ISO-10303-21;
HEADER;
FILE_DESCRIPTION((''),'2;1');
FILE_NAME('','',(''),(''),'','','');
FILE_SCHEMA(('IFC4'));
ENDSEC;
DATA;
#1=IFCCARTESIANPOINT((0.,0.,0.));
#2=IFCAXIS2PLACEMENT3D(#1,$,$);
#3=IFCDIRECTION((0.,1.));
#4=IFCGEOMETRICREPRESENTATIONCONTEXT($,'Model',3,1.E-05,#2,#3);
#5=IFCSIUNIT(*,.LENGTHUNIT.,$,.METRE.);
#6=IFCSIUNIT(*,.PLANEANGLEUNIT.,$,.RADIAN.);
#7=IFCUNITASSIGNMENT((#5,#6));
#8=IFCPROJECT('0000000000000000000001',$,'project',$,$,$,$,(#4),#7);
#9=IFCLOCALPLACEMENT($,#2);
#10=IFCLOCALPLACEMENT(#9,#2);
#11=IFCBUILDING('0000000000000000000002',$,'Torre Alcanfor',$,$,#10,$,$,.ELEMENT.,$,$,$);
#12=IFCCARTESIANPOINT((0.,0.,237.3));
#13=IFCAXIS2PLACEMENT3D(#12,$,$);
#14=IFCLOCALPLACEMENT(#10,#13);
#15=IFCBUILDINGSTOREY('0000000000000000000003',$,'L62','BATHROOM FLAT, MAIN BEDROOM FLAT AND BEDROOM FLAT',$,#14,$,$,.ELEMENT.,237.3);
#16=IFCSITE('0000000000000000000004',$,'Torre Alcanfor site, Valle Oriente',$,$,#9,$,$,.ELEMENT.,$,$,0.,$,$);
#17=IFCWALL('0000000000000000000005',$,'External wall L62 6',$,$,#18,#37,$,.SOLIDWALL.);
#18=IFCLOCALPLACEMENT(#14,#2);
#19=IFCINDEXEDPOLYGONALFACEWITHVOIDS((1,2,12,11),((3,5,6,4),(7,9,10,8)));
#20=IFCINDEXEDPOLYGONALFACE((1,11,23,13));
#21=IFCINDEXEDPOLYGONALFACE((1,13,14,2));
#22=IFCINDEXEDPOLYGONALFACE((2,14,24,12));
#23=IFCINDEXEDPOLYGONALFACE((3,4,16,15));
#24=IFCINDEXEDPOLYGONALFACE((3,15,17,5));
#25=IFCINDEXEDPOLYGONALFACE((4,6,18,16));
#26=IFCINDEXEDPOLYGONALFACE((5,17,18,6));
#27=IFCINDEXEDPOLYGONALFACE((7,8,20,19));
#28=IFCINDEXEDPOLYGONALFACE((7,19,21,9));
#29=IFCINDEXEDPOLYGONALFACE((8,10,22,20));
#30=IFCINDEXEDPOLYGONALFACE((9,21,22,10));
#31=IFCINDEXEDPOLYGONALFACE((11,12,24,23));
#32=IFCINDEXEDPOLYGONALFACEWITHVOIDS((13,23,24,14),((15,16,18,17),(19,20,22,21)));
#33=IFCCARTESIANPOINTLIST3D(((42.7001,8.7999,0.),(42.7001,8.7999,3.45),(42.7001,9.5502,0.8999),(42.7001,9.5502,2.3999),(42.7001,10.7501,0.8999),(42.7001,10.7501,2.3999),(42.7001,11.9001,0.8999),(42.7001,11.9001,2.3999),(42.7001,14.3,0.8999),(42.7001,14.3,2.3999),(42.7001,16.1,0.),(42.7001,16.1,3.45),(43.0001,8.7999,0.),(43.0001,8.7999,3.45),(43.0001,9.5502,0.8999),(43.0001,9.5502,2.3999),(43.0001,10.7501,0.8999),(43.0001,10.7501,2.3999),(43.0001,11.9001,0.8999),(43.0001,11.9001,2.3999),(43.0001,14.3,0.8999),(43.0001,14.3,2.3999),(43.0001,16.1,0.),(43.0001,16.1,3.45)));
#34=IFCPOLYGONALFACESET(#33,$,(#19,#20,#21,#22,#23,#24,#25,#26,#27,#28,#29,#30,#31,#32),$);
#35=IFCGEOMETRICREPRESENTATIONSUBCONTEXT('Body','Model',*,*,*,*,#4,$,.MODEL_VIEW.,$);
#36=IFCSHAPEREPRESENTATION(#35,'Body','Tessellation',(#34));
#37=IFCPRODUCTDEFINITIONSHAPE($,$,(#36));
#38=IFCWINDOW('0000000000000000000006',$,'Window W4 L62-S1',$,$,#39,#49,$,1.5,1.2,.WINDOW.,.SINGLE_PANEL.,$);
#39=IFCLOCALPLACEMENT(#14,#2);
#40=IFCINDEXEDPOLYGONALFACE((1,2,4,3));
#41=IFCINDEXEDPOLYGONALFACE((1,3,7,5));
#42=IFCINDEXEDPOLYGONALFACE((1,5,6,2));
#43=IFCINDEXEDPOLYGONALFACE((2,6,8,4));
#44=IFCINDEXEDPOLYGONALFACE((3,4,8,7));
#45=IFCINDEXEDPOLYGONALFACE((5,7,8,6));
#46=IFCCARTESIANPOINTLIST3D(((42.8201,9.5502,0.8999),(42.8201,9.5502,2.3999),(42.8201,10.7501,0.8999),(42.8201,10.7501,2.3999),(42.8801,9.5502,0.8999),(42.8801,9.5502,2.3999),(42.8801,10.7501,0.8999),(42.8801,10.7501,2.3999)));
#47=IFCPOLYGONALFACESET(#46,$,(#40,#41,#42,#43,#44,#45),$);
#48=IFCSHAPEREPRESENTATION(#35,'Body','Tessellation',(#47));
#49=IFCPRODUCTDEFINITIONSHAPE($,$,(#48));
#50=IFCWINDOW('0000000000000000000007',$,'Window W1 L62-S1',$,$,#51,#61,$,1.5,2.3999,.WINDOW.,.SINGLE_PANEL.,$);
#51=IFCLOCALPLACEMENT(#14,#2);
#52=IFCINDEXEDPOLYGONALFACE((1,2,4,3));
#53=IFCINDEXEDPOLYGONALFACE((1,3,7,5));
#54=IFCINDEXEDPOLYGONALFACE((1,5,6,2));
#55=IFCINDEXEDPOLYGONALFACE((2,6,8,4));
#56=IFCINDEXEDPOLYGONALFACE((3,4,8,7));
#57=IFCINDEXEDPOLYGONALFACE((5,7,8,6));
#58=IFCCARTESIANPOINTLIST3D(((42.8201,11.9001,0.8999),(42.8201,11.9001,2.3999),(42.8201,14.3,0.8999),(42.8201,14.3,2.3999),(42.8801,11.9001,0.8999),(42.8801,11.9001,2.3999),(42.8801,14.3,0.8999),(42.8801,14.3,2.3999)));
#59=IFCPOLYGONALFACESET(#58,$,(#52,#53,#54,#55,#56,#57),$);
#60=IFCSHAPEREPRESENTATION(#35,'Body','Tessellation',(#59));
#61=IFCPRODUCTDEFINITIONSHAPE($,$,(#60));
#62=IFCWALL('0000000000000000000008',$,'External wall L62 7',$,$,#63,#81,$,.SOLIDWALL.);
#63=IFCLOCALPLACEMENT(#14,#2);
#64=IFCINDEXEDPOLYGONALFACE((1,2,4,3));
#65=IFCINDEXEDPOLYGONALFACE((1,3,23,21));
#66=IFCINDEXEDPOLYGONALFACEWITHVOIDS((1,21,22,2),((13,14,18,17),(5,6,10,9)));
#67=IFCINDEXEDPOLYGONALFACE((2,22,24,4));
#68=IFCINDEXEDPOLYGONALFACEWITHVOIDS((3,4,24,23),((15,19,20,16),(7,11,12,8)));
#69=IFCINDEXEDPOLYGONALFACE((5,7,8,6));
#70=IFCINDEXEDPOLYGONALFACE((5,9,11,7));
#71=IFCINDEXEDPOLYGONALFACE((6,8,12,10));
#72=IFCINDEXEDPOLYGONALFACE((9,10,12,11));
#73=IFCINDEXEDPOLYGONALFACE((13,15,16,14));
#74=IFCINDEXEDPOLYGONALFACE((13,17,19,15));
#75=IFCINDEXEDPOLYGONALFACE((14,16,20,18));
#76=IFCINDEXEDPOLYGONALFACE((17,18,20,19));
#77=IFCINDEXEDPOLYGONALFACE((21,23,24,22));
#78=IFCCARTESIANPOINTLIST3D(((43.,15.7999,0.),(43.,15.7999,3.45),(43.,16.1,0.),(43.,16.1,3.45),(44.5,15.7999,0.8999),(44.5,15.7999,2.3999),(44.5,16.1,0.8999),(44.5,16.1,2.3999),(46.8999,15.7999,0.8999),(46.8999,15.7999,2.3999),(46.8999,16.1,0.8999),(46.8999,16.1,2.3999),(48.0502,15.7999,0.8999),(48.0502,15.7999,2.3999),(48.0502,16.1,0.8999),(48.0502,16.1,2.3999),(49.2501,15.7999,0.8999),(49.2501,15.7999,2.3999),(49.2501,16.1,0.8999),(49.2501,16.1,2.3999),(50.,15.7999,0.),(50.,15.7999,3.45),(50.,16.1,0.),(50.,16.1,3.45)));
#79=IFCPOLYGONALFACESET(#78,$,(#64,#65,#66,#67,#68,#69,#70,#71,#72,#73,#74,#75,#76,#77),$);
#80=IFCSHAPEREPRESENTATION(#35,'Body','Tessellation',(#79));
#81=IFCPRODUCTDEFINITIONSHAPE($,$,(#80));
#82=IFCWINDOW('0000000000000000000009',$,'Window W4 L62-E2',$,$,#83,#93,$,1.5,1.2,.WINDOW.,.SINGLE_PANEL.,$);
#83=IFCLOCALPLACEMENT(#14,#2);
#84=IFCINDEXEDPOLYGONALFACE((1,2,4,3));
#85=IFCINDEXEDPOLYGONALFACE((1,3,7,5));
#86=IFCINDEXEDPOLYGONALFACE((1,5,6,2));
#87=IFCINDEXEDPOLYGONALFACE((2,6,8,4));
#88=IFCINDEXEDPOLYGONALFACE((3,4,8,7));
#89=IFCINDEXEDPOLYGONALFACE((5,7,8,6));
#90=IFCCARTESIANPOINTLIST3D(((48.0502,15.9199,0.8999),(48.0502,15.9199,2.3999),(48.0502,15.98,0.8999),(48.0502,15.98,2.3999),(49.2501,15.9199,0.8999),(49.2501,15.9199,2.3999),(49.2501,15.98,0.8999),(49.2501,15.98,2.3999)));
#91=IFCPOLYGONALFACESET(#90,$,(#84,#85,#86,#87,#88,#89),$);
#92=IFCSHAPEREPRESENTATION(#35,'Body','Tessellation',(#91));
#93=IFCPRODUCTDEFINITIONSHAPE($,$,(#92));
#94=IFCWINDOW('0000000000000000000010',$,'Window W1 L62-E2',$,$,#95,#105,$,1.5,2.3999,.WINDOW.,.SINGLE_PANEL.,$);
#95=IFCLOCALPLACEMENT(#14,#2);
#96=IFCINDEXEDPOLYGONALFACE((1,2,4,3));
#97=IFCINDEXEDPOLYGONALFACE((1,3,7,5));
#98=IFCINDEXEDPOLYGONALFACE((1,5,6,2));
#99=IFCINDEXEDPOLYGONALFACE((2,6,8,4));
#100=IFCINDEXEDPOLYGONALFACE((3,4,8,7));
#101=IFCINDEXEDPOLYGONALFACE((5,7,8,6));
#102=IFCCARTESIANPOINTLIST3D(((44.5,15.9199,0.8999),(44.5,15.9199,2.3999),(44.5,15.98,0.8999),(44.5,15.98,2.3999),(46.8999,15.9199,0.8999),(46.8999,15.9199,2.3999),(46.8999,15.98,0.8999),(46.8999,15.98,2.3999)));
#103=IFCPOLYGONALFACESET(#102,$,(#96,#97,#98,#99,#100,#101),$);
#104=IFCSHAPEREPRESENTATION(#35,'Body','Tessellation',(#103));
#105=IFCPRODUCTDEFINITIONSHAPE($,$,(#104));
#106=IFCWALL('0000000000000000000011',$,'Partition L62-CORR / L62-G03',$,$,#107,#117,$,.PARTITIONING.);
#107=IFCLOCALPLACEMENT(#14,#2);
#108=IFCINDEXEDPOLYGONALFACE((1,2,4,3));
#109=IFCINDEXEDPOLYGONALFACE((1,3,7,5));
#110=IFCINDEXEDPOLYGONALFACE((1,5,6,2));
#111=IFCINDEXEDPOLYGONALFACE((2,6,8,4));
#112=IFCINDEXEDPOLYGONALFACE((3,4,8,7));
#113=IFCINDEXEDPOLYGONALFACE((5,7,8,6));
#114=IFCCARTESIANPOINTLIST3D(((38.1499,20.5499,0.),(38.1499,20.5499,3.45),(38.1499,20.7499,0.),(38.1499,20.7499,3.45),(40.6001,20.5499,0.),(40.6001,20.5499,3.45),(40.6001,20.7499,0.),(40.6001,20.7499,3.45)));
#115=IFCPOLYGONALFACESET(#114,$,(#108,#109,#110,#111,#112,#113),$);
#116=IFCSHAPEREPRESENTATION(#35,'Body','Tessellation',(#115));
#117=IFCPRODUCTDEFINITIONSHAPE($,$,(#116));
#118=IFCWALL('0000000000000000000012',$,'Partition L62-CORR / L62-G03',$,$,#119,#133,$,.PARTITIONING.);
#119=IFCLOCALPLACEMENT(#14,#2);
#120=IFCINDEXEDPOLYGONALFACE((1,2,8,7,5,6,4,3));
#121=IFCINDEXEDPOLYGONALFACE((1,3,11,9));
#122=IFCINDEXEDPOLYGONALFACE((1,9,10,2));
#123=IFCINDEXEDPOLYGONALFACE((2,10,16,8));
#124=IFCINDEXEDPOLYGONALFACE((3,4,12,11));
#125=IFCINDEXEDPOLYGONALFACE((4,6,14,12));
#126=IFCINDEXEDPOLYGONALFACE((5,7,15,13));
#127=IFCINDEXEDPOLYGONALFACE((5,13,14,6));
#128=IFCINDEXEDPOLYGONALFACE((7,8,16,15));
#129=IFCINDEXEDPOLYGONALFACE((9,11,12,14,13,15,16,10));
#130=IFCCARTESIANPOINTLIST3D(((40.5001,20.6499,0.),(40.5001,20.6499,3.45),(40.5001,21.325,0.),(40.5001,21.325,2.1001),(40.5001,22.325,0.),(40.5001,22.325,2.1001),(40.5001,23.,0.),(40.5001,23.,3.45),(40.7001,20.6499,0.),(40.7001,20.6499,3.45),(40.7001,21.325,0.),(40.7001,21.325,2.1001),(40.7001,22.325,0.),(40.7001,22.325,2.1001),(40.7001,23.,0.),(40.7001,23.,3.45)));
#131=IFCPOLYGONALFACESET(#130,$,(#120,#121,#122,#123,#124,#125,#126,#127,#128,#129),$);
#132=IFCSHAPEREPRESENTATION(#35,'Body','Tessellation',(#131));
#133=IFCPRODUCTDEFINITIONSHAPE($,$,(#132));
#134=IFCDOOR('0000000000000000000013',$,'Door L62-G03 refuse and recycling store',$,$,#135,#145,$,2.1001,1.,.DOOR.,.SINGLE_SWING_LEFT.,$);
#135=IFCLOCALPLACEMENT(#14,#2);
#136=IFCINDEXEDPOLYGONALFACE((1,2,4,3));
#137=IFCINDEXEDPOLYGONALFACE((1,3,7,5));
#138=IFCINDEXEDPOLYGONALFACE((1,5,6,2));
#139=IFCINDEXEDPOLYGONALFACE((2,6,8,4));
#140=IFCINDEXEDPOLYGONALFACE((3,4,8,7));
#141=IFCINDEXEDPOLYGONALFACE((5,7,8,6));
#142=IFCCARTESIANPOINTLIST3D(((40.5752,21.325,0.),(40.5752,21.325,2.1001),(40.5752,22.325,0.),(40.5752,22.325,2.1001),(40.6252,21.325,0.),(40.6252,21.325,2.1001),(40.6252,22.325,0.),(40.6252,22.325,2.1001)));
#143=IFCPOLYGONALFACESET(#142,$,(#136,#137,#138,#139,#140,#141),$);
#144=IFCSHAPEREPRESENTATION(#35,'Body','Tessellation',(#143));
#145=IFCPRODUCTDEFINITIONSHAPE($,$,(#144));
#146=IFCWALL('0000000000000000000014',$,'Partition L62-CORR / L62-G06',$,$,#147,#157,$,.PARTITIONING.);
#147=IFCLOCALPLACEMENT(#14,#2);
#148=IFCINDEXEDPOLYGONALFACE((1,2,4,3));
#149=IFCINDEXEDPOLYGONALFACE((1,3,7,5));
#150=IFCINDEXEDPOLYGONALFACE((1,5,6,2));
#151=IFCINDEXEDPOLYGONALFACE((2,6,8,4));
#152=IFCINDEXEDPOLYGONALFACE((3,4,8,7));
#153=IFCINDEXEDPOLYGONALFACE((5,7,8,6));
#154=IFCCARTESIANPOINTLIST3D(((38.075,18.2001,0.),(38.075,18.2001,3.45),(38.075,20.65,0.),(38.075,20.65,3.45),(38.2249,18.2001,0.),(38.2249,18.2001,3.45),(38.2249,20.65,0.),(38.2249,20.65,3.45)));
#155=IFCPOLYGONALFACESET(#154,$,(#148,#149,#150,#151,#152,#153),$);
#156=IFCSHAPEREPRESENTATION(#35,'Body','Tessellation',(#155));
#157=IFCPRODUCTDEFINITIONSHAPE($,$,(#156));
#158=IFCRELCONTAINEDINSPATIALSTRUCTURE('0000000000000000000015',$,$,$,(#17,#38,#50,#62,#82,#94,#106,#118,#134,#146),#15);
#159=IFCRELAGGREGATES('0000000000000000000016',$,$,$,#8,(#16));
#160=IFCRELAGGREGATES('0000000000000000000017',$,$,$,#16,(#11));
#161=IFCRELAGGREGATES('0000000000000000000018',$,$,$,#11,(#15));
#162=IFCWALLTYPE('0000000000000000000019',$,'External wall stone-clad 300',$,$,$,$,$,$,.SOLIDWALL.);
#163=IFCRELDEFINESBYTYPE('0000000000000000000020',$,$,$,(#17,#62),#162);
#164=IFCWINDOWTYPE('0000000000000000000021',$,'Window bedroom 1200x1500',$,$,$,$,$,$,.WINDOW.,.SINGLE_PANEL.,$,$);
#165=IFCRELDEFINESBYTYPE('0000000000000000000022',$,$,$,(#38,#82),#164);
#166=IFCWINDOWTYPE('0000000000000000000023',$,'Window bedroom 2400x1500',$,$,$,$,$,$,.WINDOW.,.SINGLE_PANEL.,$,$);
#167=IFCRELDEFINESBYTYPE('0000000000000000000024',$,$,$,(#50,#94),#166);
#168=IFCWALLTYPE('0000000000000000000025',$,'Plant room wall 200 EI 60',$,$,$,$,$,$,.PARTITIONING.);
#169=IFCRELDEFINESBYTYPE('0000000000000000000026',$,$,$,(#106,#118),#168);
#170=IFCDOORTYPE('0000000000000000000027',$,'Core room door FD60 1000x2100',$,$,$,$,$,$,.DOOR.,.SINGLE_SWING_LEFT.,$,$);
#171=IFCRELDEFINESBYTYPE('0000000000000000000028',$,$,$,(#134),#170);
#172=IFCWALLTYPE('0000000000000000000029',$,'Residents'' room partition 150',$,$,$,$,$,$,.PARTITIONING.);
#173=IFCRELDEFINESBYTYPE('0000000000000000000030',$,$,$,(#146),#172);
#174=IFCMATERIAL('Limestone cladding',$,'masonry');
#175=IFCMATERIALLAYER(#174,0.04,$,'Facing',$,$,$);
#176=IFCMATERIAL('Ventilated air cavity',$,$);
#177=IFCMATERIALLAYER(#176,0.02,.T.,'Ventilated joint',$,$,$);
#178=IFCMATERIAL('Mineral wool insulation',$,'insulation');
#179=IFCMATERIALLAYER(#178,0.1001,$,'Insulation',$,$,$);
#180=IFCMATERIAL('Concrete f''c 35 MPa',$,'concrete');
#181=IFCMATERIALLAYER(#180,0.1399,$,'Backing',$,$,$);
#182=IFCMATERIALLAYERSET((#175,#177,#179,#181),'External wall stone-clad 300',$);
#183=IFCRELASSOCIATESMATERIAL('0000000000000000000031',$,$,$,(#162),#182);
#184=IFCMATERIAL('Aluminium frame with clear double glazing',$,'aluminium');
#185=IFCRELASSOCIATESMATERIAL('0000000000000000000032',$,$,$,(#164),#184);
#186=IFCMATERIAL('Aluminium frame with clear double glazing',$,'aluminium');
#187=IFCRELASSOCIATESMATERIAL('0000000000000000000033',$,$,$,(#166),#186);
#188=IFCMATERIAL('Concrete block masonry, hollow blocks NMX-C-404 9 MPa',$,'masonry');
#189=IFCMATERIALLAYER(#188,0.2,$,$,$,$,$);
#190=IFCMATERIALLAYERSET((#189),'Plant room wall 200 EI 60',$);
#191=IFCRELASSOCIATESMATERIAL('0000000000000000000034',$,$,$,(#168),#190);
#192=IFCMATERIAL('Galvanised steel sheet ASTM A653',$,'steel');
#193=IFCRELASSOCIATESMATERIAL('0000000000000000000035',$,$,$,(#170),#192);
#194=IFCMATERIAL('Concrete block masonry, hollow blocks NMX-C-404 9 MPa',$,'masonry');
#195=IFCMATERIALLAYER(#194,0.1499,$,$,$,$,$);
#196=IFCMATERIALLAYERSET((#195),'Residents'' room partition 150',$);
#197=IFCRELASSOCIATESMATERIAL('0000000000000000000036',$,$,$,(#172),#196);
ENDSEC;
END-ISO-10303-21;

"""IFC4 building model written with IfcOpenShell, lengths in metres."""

from ifc_helpers import new_model, si_unit, direction, frame, frame_2d, origin, place, context, subcontext, project, spatial, rectangle, extrude, material, layer, layer_set, type_object, element, fill, save


model = new_model("IFC4")

# Units and contexts
model_context = context("Model", 3, precision=1e-05, world=origin(), true_north=direction((0.0, 1.0)))
body_context = subcontext(model_context, "Body", "Model", "MODEL_VIEW")
ifc_project = project(units=[si_unit("LENGTHUNIT", "METRE"), si_unit("PLANEANGLEUNIT", "RADIAN")], contexts=[model_context])

# Site, building, storey
site_placement = place(None, origin())
site = spatial("IfcSite", under=ifc_project, at=site_placement, Name="Torre Alcanfor site, Valle Oriente", CompositionType="ELEMENT", RefElevation=0.0)
building_placement = place(site_placement, origin())
building = spatial("IfcBuilding", under=site, at=building_placement, Name="Torre Alcanfor", CompositionType="ELEMENT")
storey_placement = place(building_placement, frame((0.0, 0.0, 237.3)))
storey = spatial("IfcBuildingStorey", under=building, at=storey_placement, Name="L62", Description="BATHROOM FLAT, MAIN BEDROOM FLAT AND BEDROOM FLAT", CompositionType="ELEMENT", Elevation=237.3)

# Walls, openings, windows
ifc_material_1 = material(Name="Limestone cladding", Category="masonry")
ifc_layer_1 = layer(ifc_material_1, 0.04, Name="Facing")
ifc_material_2 = material(Name="Ventilated air cavity")
ifc_layer_2 = layer(ifc_material_2, 0.02, ventilated=True, Name="Ventilated joint")
ifc_material_3 = material(Name="Mineral wool insulation", Category="insulation")
ifc_layer_3 = layer(ifc_material_3, 0.1001, Name="Insulation")
ifc_material_4 = material(Name="Concrete f'c 35 MPa", Category="concrete")
ifc_layer_4 = layer(ifc_material_4, 0.1399, Name="Backing")
ifc_layer_set_1 = layer_set([ifc_layer_1, ifc_layer_2, ifc_layer_3, ifc_layer_4], Name="External wall stone-clad 300")
wall_type_1 = type_object("IfcWallType", Name="External wall stone-clad 300", PredefinedType="SOLIDWALL", material=ifc_layer_set_1)
wall_1_placement = place(storey_placement, frame((42.8501, 8.8, 0.0), z_axis=(0.0, 0.0, 1.0), x_axis=(0.0, 1.0, 0.0)))
wall_1 = element("IfcWall", 1, at=wall_1_placement, inside=storey, type_object=wall_type_1, Name="External wall L62 6", PredefinedType="SOLIDWALL", context=body_context, shape_type="SweptSolid", body=[
    extrude(rectangle(XDim=7.3, YDim=0.3, at=frame_2d((3.6499, 0.0))), origin(), (0.0, 0.0, 1.0), 3.45),
])
opening_1_placement = place(wall_1_placement, frame((3.1001, 0.0, 0.8999)))
opening_1 = element("IfcOpeningElement", 2, at=opening_1_placement, cuts=wall_1, PredefinedType="OPENING", context=body_context, shape_type="SweptSolid", body=[
    extrude(rectangle(XDim=2.3999, YDim=1.5, at=frame_2d((1.2, 0.75))), frame((0.0, 0.1599, 0.0), z_axis=(0.0, -1.0, 0.0), x_axis=(1.0, 0.0, 0.0)), (0.0, 0.0, 1.0), 0.3201),
])
opening_2_placement = place(wall_1_placement, frame((0.75, 0.0, 0.8999)))
opening_2 = element("IfcOpeningElement", 3, at=opening_2_placement, cuts=wall_1, PredefinedType="OPENING", context=body_context, shape_type="SweptSolid", body=[
    extrude(rectangle(XDim=1.2, YDim=1.5, at=frame_2d((0.6001, 0.75))), frame((0.0, 0.1599, 0.0), z_axis=(0.0, -1.0, 0.0), x_axis=(1.0, 0.0, 0.0)), (0.0, 0.0, 1.0), 0.3201),
])
ifc_material_5 = material(Name="Aluminium frame with clear double glazing", Category="aluminium")
window_type_1 = type_object("IfcWindowType", Name="Window bedroom 1200x1500", PartitioningType="SINGLE_PANEL", PredefinedType="WINDOW", material=ifc_material_5)
window_1_placement = place(opening_2_placement, origin())
window_1 = element("IfcWindow", 4, at=window_1_placement, inside=storey, type_object=window_type_1, Name="Window W4 L62-S1", OverallHeight=1.5, OverallWidth=1.2, PartitioningType="SINGLE_PANEL", PredefinedType="WINDOW", context=body_context, shape_type="SweptSolid", body=[
    extrude(rectangle(XDim=1.2, YDim=1.5, at=frame_2d((0.6001, 0.75))), frame((0.0, 0.03, 0.0), z_axis=(0.0, -1.0, 0.0), x_axis=(1.0, 0.0, 0.0)), (0.0, 0.0, 1.0), 0.0601),
])
fill(opening_2, window_1)
ifc_material_6 = material(Name="Aluminium frame with clear double glazing", Category="aluminium")
window_type_2 = type_object("IfcWindowType", Name="Window bedroom 2400x1500", PartitioningType="SINGLE_PANEL", PredefinedType="WINDOW", material=ifc_material_6)
window_2_placement = place(opening_1_placement, origin())
window_2 = element("IfcWindow", 5, at=window_2_placement, inside=storey, type_object=window_type_2, Name="Window W1 L62-S1", OverallHeight=1.5, OverallWidth=2.3999, PartitioningType="SINGLE_PANEL", PredefinedType="WINDOW", context=body_context, shape_type="SweptSolid", body=[
    extrude(rectangle(XDim=2.3999, YDim=1.5, at=frame_2d((1.2, 0.75))), frame((0.0, 0.03, 0.0), z_axis=(0.0, -1.0, 0.0), x_axis=(1.0, 0.0, 0.0)), (0.0, 0.0, 1.0), 0.0601),
])
fill(opening_1, window_2)
wall_2_placement = place(storey_placement, frame((43.0, 15.95, 0.0), z_axis=(0.0, 0.0, 1.0), x_axis=(1.0, 0.0, 0.0)))
wall_2 = element("IfcWall", 6, at=wall_2_placement, inside=storey, type_object=wall_type_1, Name="External wall L62 7", PredefinedType="SOLIDWALL", context=body_context, shape_type="SweptSolid", body=[
    extrude(rectangle(XDim=7.0, YDim=0.3, at=frame_2d((3.5, 0.0))), origin(), (0.0, 0.0, 1.0), 3.45),
])
opening_3_placement = place(wall_2_placement, frame((1.5, 0.0, 0.8999)))
opening_3 = element("IfcOpeningElement", 7, at=opening_3_placement, cuts=wall_2, PredefinedType="OPENING", context=body_context, shape_type="SweptSolid", body=[
    extrude(rectangle(XDim=2.3999, YDim=1.5, at=frame_2d((1.2, 0.75))), frame((0.0, 0.1599, 0.0), z_axis=(0.0, -1.0, 0.0), x_axis=(1.0, 0.0, 0.0)), (0.0, 0.0, 1.0), 0.3201),
])
opening_4_placement = place(wall_2_placement, frame((5.05, 0.0, 0.8999)))
opening_4 = element("IfcOpeningElement", 8, at=opening_4_placement, cuts=wall_2, PredefinedType="OPENING", context=body_context, shape_type="SweptSolid", body=[
    extrude(rectangle(XDim=1.2, YDim=1.5, at=frame_2d((0.6001, 0.75))), frame((0.0, 0.1599, 0.0), z_axis=(0.0, -1.0, 0.0), x_axis=(1.0, 0.0, 0.0)), (0.0, 0.0, 1.0), 0.3201),
])
window_3_placement = place(opening_4_placement, origin())
window_3 = element("IfcWindow", 9, at=window_3_placement, inside=storey, type_object=window_type_1, Name="Window W4 L62-E2", OverallHeight=1.5, OverallWidth=1.2, PartitioningType="SINGLE_PANEL", PredefinedType="WINDOW", context=body_context, shape_type="SweptSolid", body=[
    extrude(rectangle(XDim=1.2, YDim=1.5, at=frame_2d((0.6001, 0.75))), frame((0.0, 0.03, 0.0), z_axis=(0.0, -1.0, 0.0), x_axis=(1.0, 0.0, 0.0)), (0.0, 0.0, 1.0), 0.0601),
])
fill(opening_4, window_3)
window_4_placement = place(opening_3_placement, origin())
window_4 = element("IfcWindow", 10, at=window_4_placement, inside=storey, type_object=window_type_2, Name="Window W1 L62-E2", OverallHeight=1.5, OverallWidth=2.3999, PartitioningType="SINGLE_PANEL", PredefinedType="WINDOW", context=body_context, shape_type="SweptSolid", body=[
    extrude(rectangle(XDim=2.3999, YDim=1.5, at=frame_2d((1.2, 0.75))), frame((0.0, 0.03, 0.0), z_axis=(0.0, -1.0, 0.0), x_axis=(1.0, 0.0, 0.0)), (0.0, 0.0, 1.0), 0.0601),
])
fill(opening_3, window_4)

# Wall
ifc_material_7 = material(Name="Concrete block masonry, hollow blocks NMX-C-404 9 MPa", Category="masonry")
ifc_layer_5 = layer(ifc_material_7, 0.2)
ifc_layer_set_2 = layer_set([ifc_layer_5], Name="Plant room wall 200 EI 60")
wall_type_2 = type_object("IfcWallType", Name="Plant room wall 200 EI 60", PredefinedType="PARTITIONING", material=ifc_layer_set_2)
wall_3_placement = place(storey_placement, frame((38.1499, 20.6499, 0.0), z_axis=(0.0, 0.0, 1.0), x_axis=(1.0, 0.0, 0.0)))
element("IfcWall", 11, at=wall_3_placement, inside=storey, type_object=wall_type_2, Name="Partition L62-CORR / L62-G03", PredefinedType="PARTITIONING", context=body_context, shape_type="SweptSolid", body=[
    extrude(rectangle(XDim=2.4502, YDim=0.2, at=frame_2d((1.2251, 0.0))), origin(), (0.0, 0.0, 1.0), 3.45),
])

# Wall, opening, door
wall_4_placement = place(storey_placement, frame((40.6001, 20.6499, 0.0), z_axis=(0.0, 0.0, 1.0), x_axis=(0.0, 1.0, 0.0)))
wall_4 = element("IfcWall", 12, at=wall_4_placement, inside=storey, type_object=wall_type_2, Name="Partition L62-CORR / L62-G03", PredefinedType="PARTITIONING", context=body_context, shape_type="SweptSolid", body=[
    extrude(rectangle(XDim=2.3501, YDim=0.2, at=frame_2d((1.175, 0.0))), origin(), (0.0, 0.0, 1.0), 3.45),
])
opening_5_placement = place(wall_4_placement, frame((0.675, 0.0, 0.0)))
opening_5 = element("IfcOpeningElement", 13, at=opening_5_placement, cuts=wall_4, PredefinedType="OPENING", context=body_context, shape_type="SweptSolid", body=[
    extrude(rectangle(XDim=1.0, YDim=2.1001, at=frame_2d((0.5, 1.05))), frame((0.0, 0.1099, 0.0), z_axis=(0.0, -1.0, 0.0), x_axis=(1.0, 0.0, 0.0)), (0.0, 0.0, 1.0), 0.22),
])
ifc_material_8 = material(Name="Galvanised steel sheet ASTM A653", Category="steel")
door_type = type_object("IfcDoorType", Name="Core room door FD60 1000x2100", OperationType="SINGLE_SWING_LEFT", PredefinedType="DOOR", material=ifc_material_8)
door_placement = place(opening_5_placement, origin())
door = element("IfcDoor", 14, at=door_placement, inside=storey, type_object=door_type, Name="Door L62-G03 refuse and recycling store", OperationType="SINGLE_SWING_LEFT", OverallHeight=2.1001, OverallWidth=1.0, PredefinedType="DOOR", context=body_context, shape_type="SweptSolid", body=[
    extrude(rectangle(XDim=1.0, YDim=2.1001, at=frame_2d((0.5, 1.05))), frame((0.0, 0.0249, 0.0), z_axis=(0.0, -1.0, 0.0), x_axis=(1.0, 0.0, 0.0)), (0.0, 0.0, 1.0), 0.05),
])
fill(opening_5, door)

# Wall
ifc_material_9 = material(Name="Concrete block masonry, hollow blocks NMX-C-404 9 MPa", Category="masonry")
ifc_layer_6 = layer(ifc_material_9, 0.1499)
ifc_layer_set_3 = layer_set([ifc_layer_6], Name="Residents' room partition 150")
wall_type_3 = type_object("IfcWallType", Name="Residents' room partition 150", PredefinedType="PARTITIONING", material=ifc_layer_set_3)
wall_5_placement = place(storey_placement, frame((38.1499, 18.2, 0.0), z_axis=(0.0, 0.0, 1.0), x_axis=(0.0, 1.0, 0.0)))
element("IfcWall", 15, at=wall_5_placement, inside=storey, type_object=wall_type_3, Name="Partition L62-CORR / L62-G06", PredefinedType="PARTITIONING", context=body_context, shape_type="SweptSolid", body=[
    extrude(rectangle(XDim=2.45, YDim=0.1499, at=frame_2d((1.2251, 0.0))), origin(), (0.0, 0.0, 1.0), 3.45),
])

save(model, "model.ifc")
